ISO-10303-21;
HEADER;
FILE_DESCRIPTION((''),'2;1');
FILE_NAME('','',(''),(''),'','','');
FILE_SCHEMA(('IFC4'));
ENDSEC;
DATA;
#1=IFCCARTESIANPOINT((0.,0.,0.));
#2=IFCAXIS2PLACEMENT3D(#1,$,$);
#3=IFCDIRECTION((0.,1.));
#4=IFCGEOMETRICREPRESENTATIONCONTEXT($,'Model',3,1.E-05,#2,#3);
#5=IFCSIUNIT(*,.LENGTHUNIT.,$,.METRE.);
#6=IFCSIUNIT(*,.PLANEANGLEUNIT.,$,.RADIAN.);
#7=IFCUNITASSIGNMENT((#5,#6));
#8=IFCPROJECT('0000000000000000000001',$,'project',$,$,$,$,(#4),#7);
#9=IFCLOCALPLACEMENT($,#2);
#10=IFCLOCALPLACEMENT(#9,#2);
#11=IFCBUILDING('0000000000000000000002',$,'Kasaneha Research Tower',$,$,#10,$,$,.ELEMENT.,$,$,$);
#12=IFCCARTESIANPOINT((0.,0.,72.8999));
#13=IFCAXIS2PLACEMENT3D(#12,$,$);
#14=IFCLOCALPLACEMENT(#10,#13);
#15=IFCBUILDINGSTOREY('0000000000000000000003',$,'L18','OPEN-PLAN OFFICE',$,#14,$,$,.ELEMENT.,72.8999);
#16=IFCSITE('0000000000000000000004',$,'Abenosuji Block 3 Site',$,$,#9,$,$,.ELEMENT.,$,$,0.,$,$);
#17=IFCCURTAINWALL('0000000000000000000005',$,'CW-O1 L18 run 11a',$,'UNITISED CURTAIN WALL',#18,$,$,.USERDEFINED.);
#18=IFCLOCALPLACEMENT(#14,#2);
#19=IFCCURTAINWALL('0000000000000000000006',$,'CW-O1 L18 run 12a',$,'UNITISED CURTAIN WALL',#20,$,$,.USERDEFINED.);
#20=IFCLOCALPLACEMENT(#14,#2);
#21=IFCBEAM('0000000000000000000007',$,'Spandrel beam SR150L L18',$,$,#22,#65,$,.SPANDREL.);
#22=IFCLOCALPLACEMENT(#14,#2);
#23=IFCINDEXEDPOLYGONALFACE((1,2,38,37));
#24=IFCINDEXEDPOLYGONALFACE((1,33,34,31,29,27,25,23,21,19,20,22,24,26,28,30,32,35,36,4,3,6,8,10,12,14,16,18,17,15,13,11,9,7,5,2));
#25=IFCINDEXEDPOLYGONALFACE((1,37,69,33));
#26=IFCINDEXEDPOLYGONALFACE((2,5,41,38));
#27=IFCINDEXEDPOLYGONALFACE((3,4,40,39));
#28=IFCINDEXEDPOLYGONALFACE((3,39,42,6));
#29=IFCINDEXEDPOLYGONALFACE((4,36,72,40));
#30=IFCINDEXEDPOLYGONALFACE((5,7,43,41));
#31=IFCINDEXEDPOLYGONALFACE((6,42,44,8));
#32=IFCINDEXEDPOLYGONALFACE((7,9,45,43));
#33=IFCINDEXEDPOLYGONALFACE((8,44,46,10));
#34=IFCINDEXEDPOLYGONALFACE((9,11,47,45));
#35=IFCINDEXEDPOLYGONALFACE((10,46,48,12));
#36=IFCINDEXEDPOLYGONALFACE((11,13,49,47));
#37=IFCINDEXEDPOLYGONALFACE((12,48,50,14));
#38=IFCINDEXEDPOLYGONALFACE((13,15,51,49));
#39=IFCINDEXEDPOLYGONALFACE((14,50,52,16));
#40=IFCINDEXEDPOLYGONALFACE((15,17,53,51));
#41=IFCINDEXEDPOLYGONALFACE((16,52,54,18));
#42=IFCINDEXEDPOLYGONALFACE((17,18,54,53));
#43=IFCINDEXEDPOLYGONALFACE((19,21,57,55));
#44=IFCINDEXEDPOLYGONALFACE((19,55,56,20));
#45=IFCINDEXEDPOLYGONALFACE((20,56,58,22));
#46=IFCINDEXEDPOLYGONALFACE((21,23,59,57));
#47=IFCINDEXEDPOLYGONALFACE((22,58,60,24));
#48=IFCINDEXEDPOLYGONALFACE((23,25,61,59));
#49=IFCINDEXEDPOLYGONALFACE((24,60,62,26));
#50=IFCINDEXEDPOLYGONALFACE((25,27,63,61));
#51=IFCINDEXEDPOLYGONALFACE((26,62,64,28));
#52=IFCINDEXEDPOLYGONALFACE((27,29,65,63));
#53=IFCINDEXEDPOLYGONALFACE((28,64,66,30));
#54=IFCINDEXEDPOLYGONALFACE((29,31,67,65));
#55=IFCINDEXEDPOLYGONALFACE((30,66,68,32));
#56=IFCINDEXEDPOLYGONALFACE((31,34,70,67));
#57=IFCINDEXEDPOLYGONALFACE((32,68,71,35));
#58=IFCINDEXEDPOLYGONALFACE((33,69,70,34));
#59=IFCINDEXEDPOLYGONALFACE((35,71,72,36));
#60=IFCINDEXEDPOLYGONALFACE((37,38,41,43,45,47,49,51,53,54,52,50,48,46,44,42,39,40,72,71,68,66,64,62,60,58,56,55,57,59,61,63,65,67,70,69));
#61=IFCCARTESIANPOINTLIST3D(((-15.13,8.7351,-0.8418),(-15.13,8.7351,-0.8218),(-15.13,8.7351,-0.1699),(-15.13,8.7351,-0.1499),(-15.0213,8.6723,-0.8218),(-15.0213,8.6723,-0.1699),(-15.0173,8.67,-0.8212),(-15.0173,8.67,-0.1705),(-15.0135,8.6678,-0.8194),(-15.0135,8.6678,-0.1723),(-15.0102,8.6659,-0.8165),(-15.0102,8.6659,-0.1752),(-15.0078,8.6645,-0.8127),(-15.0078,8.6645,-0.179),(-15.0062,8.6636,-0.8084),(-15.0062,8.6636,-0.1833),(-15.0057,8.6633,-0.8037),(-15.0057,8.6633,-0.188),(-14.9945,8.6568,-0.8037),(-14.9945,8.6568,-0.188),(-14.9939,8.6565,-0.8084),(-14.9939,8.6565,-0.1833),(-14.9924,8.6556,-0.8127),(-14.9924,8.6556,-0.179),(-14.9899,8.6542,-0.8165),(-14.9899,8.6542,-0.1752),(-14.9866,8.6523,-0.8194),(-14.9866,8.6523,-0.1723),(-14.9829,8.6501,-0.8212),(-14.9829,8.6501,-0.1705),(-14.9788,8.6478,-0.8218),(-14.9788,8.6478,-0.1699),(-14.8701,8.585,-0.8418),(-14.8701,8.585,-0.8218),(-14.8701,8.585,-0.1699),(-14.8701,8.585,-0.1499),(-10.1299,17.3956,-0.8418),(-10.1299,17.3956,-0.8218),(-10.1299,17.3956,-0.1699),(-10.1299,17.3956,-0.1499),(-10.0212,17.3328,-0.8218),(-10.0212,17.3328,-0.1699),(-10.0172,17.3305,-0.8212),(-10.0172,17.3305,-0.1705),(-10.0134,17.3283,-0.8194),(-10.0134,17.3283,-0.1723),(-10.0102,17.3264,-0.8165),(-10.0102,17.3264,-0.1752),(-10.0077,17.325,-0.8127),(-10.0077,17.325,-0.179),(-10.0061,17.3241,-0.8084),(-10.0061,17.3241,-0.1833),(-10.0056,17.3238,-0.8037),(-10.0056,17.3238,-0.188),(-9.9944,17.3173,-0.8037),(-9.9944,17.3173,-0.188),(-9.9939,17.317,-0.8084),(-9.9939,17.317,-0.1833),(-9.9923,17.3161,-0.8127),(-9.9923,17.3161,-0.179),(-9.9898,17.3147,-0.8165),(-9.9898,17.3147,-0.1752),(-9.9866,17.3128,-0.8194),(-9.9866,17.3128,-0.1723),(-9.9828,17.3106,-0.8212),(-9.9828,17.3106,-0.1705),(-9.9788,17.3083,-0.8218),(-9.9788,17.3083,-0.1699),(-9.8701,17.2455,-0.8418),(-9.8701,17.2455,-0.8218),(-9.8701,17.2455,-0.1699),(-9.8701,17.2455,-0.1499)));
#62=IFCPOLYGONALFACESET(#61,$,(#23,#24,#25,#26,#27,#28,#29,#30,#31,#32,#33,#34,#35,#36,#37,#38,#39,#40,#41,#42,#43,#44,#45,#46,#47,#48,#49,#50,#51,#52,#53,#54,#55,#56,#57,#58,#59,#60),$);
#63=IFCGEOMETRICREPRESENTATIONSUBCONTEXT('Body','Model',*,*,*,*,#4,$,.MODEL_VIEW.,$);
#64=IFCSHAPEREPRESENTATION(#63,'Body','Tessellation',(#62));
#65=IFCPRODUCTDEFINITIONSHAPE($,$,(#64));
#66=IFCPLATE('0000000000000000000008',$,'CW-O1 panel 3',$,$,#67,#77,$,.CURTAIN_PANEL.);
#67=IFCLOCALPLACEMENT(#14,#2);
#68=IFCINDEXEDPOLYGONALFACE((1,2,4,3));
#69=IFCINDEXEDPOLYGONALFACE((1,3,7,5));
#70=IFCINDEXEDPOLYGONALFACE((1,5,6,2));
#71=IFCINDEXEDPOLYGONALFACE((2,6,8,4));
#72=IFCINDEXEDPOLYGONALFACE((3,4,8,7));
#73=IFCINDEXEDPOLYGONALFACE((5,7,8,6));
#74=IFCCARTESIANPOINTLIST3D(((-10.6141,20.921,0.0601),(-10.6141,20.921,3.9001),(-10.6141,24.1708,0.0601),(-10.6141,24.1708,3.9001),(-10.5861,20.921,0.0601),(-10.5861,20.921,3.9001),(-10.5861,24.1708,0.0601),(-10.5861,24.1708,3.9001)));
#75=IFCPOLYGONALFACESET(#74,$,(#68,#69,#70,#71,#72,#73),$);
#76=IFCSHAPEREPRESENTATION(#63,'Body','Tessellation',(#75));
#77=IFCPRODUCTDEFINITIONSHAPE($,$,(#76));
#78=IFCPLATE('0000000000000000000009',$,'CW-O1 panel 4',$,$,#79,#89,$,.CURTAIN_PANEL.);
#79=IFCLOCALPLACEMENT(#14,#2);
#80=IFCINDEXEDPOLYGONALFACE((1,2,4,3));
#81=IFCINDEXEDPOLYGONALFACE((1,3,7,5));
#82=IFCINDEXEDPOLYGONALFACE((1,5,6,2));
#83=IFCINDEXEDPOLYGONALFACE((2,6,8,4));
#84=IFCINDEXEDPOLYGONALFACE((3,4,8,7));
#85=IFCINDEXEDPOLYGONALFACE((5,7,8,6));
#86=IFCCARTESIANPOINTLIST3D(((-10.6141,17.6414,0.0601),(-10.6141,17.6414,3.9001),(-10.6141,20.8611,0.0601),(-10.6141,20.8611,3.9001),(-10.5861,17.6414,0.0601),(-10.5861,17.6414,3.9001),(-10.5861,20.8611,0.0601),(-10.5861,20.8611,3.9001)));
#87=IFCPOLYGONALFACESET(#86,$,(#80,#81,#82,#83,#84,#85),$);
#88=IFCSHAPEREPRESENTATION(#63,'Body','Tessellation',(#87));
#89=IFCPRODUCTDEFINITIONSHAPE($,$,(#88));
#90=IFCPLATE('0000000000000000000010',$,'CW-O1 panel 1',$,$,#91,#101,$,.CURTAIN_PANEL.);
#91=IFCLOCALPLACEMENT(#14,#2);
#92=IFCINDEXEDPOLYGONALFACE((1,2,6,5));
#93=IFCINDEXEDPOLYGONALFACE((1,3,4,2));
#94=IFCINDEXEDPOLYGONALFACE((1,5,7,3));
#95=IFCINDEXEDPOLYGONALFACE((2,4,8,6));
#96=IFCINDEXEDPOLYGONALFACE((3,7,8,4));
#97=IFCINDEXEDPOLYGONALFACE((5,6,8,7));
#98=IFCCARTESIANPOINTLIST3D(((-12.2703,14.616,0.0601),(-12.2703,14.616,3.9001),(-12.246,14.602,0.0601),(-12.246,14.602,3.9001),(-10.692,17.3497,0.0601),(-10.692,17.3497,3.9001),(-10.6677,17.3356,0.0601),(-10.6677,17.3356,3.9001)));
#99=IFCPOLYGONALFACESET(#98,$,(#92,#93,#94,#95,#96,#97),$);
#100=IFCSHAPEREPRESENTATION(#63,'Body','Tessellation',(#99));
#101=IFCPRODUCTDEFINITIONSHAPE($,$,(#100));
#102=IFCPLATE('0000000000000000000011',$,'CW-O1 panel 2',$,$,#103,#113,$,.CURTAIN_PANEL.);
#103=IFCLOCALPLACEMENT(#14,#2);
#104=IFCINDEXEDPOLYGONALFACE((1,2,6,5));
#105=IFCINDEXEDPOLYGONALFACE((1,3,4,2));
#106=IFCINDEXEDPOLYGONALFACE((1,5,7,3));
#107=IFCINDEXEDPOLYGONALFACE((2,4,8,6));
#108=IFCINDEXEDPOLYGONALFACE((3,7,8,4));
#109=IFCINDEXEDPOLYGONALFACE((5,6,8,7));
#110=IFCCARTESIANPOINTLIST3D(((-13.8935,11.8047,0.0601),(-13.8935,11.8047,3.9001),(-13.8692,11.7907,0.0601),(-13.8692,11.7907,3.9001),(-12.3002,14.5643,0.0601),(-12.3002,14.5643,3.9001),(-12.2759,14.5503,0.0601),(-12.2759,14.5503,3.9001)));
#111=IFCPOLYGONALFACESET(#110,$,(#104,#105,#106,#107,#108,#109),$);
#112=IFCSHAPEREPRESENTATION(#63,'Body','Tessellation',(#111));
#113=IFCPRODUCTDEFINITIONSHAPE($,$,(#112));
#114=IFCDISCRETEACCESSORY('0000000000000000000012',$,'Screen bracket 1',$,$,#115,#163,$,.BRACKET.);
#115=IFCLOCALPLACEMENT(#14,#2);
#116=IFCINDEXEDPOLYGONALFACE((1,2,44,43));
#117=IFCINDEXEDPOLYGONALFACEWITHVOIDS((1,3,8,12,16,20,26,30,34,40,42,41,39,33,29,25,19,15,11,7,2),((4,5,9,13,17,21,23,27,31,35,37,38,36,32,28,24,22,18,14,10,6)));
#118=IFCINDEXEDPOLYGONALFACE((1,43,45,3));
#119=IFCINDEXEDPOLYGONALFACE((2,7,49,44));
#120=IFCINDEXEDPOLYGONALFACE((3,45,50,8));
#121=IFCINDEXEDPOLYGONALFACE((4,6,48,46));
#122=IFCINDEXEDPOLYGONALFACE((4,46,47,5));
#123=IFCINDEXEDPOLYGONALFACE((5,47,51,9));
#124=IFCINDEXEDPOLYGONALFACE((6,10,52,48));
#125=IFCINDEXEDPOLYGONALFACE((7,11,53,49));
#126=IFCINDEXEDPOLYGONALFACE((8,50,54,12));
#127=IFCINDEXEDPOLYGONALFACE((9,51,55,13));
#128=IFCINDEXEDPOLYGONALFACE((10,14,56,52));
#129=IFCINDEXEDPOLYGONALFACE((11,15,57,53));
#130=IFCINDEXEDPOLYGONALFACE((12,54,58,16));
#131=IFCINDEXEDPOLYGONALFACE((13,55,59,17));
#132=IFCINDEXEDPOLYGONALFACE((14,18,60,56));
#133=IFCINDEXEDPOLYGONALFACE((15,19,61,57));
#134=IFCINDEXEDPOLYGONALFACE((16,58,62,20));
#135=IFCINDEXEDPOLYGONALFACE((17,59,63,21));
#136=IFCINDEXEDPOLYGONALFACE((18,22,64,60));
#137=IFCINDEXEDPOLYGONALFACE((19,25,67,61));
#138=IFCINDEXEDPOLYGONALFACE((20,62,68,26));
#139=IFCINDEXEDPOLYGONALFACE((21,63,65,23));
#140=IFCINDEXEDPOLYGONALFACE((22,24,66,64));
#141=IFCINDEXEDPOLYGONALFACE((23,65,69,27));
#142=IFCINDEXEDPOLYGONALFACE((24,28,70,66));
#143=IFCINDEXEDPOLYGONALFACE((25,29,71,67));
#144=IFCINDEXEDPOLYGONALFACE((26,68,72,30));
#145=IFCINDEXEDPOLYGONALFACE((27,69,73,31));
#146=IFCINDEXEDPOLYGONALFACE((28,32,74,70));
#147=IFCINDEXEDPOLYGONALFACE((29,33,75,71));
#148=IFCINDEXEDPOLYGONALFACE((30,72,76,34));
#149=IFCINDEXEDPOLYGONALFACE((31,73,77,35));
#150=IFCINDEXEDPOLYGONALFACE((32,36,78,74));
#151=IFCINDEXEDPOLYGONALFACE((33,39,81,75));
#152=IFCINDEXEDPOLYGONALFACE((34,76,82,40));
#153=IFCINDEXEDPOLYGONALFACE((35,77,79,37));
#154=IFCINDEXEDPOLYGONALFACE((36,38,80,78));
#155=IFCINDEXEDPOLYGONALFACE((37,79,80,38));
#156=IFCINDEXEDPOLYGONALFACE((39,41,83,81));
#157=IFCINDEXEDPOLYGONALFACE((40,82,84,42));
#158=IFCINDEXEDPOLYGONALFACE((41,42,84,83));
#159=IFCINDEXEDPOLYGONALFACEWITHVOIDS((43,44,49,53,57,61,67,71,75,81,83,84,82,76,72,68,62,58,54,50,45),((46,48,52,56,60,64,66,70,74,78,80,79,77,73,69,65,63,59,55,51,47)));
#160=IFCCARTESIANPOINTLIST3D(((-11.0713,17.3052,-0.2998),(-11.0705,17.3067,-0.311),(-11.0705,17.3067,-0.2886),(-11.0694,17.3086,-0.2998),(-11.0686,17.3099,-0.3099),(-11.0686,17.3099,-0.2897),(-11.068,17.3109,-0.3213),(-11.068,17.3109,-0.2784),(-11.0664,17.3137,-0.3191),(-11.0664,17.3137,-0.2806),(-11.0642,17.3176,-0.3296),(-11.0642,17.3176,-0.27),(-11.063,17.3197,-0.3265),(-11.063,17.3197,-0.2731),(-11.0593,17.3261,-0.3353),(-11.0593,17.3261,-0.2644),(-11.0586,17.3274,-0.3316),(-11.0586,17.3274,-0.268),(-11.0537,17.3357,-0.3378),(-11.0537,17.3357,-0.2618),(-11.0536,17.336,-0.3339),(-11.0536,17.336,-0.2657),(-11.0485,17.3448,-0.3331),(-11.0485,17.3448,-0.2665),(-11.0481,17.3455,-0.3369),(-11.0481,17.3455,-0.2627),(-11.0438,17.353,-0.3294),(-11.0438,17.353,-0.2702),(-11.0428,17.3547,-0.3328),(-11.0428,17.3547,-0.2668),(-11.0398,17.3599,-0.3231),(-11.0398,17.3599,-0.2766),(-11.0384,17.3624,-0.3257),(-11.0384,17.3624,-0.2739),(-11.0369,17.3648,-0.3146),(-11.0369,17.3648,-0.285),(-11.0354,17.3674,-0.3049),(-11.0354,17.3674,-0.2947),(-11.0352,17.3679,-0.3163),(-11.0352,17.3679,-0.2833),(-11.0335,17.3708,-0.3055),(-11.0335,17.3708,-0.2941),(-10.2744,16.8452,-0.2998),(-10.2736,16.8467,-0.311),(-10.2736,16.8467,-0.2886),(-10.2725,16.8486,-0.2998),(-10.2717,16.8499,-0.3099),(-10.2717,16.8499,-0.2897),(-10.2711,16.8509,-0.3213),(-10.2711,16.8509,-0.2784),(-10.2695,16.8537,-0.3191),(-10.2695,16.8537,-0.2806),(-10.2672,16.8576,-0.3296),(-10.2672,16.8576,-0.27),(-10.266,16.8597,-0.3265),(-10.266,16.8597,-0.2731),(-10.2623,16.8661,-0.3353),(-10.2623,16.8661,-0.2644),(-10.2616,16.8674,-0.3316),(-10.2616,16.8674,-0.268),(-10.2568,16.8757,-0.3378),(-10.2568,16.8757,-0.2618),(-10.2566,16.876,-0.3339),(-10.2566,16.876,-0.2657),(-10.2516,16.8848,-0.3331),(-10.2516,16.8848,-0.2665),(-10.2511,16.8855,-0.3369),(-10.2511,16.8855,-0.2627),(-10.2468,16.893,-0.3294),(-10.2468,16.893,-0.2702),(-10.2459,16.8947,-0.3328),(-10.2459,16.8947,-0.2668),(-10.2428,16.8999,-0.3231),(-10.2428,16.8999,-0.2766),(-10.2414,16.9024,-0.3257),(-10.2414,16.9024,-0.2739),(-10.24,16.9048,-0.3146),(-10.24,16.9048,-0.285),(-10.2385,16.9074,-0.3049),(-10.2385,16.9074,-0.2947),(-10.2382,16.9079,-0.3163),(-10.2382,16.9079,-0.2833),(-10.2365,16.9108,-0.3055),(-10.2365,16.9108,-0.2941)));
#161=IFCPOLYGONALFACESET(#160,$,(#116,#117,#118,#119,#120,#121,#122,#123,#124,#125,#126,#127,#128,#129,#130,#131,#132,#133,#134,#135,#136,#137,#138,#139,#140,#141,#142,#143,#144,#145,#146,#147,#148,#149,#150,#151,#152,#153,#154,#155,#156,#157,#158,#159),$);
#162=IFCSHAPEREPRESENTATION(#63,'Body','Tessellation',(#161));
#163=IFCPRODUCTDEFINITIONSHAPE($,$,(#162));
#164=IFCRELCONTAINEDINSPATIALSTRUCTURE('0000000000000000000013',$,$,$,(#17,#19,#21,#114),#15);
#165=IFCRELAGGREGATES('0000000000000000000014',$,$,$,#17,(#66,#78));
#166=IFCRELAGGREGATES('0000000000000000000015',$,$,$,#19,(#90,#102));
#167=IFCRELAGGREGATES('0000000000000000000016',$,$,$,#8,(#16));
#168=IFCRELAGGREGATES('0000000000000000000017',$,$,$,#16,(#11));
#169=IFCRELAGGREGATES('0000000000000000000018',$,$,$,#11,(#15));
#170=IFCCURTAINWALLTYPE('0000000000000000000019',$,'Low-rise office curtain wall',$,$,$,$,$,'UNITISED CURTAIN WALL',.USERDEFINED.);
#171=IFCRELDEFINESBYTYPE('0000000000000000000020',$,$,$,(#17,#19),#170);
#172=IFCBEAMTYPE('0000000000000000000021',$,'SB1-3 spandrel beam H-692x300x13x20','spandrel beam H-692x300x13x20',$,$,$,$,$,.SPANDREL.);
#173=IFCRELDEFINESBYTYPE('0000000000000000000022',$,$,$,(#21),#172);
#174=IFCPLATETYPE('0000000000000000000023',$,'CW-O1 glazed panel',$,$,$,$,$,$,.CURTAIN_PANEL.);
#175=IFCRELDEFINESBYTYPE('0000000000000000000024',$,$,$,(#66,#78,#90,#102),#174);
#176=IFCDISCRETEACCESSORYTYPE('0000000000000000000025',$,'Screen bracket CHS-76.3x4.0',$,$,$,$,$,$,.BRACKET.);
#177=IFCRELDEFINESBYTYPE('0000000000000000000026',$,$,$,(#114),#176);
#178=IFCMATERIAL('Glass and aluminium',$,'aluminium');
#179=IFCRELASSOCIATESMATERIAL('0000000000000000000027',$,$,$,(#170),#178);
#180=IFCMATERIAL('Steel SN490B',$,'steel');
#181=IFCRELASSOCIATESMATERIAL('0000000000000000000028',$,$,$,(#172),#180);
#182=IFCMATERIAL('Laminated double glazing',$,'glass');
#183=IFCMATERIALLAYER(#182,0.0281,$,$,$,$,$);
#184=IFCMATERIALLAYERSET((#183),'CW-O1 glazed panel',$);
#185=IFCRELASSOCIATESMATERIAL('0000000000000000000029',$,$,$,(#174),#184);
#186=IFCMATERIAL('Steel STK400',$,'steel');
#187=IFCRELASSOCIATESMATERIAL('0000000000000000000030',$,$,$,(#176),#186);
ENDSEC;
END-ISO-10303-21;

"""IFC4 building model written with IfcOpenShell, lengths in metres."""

from ifc_helpers import new_model, si_unit, direction, frame, origin, origin_2d, place, context, subcontext, project, spatial, rectangle, hollow_circle, i_section, extrude, material, layer, layer_set, material_profile, profile_set, type_object, element, aggregate, save


model = new_model("IFC4")

# Units and contexts
model_context = context("Model", 3, precision=1e-05, world=origin(), true_north=direction((0.0, 1.0)))
body_context = subcontext(model_context, "Body", "Model", "MODEL_VIEW")
ifc_project = project(units=[si_unit("LENGTHUNIT", "METRE"), si_unit("PLANEANGLEUNIT", "RADIAN")], contexts=[model_context])

# Site, building, storey
site_placement = place(None, origin())
site = spatial("IfcSite", under=ifc_project, at=site_placement, Name="Abenosuji Block 3 Site", CompositionType="ELEMENT", RefElevation=0.0)
building_placement = place(site_placement, origin())
building = spatial("IfcBuilding", under=site, at=building_placement, Name="Kasaneha Research Tower", CompositionType="ELEMENT")
storey_placement = place(building_placement, frame((0.0, 0.0, 72.8999)))
storey = spatial("IfcBuildingStorey", under=building, at=storey_placement, Name="L18", Description="OPEN-PLAN OFFICE", CompositionType="ELEMENT", Elevation=72.8999)

# Curtain walls
ifc_material_1 = material(Name="Glass and aluminium", Category="aluminium")
curtain_wall_type = type_object("IfcCurtainWallType", Name="Low-rise office curtain wall", ElementType="UNITISED CURTAIN WALL", PredefinedType="USERDEFINED", material=ifc_material_1)
curtain_wall_1_placement = place(storey_placement, origin())
curtain_wall_1 = element("IfcCurtainWall", 1, at=curtain_wall_1_placement, inside=storey, type_object=curtain_wall_type, Name="CW-O1 L18 run 11a", ObjectType="UNITISED CURTAIN WALL", PredefinedType="USERDEFINED")
curtain_wall_2_placement = place(storey_placement, origin())
curtain_wall_2 = element("IfcCurtainWall", 2, at=curtain_wall_2_placement, inside=storey, type_object=curtain_wall_type, Name="CW-O1 L18 run 12a", ObjectType="UNITISED CURTAIN WALL", PredefinedType="USERDEFINED")

# Beam
ifc_material_2 = material(Name="Steel SN490B", Category="steel")
ifc_material_profile_1 = material_profile(ifc_material_2, i_section(OverallWidth=0.3, OverallDepth=0.6919, WebThickness=0.0129, FlangeThickness=0.02, FilletRadius=0.0181, at=origin_2d()), Name="H-692x300x13x20")
ifc_profile_set_1 = profile_set([ifc_material_profile_1], Name="Steel SN490B")
beam_type_1 = type_object("IfcBeamType", Name="SB1-3 spandrel beam H-692x300x13x20", Description="spandrel beam H-692x300x13x20", PredefinedType="SPANDREL", material=ifc_profile_set_1)
beam_1_placement = place(storey_placement, frame((-10.0, 17.3206, -0.4958), z_axis=(-0.499994, -0.866029, 0.0), x_axis=(0.866029, -0.499994, 0.0)))
element("IfcBeam", 3, at=beam_1_placement, inside=storey, type_object=beam_type_1, Name="Spandrel beam SR150L L18", PredefinedType="SPANDREL", context=body_context, shape_type="SweptSolid", body=[
    extrude(i_section(OverallWidth=0.3, OverallDepth=0.6919, WebThickness=0.0129, FlangeThickness=0.02, FilletRadius=0.0181, at=origin_2d()), origin(), (0.0, 0.0, 1.0), 10.0002),
])

# Plates
ifc_material_3 = material(Name="Laminated double glazing", Category="glass")
ifc_layer = layer(ifc_material_3, 0.0281)
ifc_layer_set = layer_set([ifc_layer], Name="CW-O1 glazed panel")
plate_type = type_object("IfcPlateType", Name="CW-O1 glazed panel", PredefinedType="CURTAIN_PANEL", material=ifc_layer_set)
plate_1_placement = place(storey_placement, frame((-10.6001, 22.5459, 0.0601), z_axis=(0.0, 0.0, 1.0), x_axis=(0.0, -1.0, 0.0)))
plate_1 = element("IfcPlate", 4, at=plate_1_placement, type_object=plate_type, Name="CW-O1 panel 3", PredefinedType="CURTAIN_PANEL", context=body_context, shape_type="SweptSolid", body=[
    extrude(rectangle(XDim=3.2498, YDim=0.0281, at=origin_2d()), origin(), (0.0, 0.0, 1.0), 3.8401),
])
plate_2_placement = place(storey_placement, frame((-10.6001, 19.2512, 0.0601), z_axis=(0.0, 0.0, 1.0), x_axis=(0.0, -1.0, 0.0)))
plate_2 = element("IfcPlate", 5, at=plate_2_placement, type_object=plate_type, Name="CW-O1 panel 4", PredefinedType="CURTAIN_PANEL", context=body_context, shape_type="SweptSolid", body=[
    extrude(rectangle(XDim=3.2197, YDim=0.0281, at=origin_2d()), origin(), (0.0, 0.0, 1.0), 3.8401),
])
aggregate(curtain_wall_1, [plate_1, plate_2])
plate_3_placement = place(storey_placement, frame((-11.469, 15.9758, 0.0601), z_axis=(0.0, 0.0, 1.0), x_axis=(-0.5, -0.866025, 0.0)))
plate_3 = element("IfcPlate", 6, at=plate_3_placement, type_object=plate_type, Name="CW-O1 panel 1", PredefinedType="CURTAIN_PANEL", context=body_context, shape_type="SweptSolid", body=[
    extrude(rectangle(XDim=3.1565, YDim=0.0281, at=origin_2d()), origin(), (0.0, 0.0, 1.0), 3.8401),
])
plate_4_placement = place(storey_placement, frame((-13.0847, 13.1775, 0.0601), z_axis=(0.0, 0.0, 1.0), x_axis=(-0.5, -0.866025, 0.0)))
plate_4 = element("IfcPlate", 7, at=plate_4_placement, type_object=plate_type, Name="CW-O1 panel 2", PredefinedType="CURTAIN_PANEL", context=body_context, shape_type="SweptSolid", body=[
    extrude(rectangle(XDim=3.1865, YDim=0.0281, at=origin_2d()), origin(), (0.0, 0.0, 1.0), 3.8401),
])
aggregate(curtain_wall_2, [plate_3, plate_4])

# Discrete accessory
ifc_material_4 = material(Name="Steel STK400", Category="steel")
ifc_material_profile_2 = material_profile(ifc_material_4, hollow_circle(Radius=0.0381, WallThickness=0.0039, at=origin_2d()), Name="CHS-76.3x4.0")
ifc_profile_set_2 = profile_set([ifc_material_profile_2], Name="Steel STK400")
discrete_accessory_type = type_object("IfcDiscreteAccessoryType", Name="Screen bracket CHS-76.3x4.0", PredefinedType="BRACKET", material=ifc_profile_set_2)
discrete_accessory_1_placement = place(storey_placement, frame((-10.2554, 16.8782, -0.2998), z_axis=(-0.86608, 0.499906, 0.0), x_axis=(-0.499906, -0.86608, 0.0)))
element("IfcDiscreteAccessory", 8, at=discrete_accessory_1_placement, inside=storey, type_object=discrete_accessory_type, Name="Screen bracket 1", PredefinedType="BRACKET", context=body_context, shape_type="SweptSolid", body=[
    extrude(hollow_circle(Radius=0.0381, WallThickness=0.0039, at=origin_2d()), origin(), (0.0, 0.0, 1.0), 0.9202),
])

save(model, "model.ifc")
